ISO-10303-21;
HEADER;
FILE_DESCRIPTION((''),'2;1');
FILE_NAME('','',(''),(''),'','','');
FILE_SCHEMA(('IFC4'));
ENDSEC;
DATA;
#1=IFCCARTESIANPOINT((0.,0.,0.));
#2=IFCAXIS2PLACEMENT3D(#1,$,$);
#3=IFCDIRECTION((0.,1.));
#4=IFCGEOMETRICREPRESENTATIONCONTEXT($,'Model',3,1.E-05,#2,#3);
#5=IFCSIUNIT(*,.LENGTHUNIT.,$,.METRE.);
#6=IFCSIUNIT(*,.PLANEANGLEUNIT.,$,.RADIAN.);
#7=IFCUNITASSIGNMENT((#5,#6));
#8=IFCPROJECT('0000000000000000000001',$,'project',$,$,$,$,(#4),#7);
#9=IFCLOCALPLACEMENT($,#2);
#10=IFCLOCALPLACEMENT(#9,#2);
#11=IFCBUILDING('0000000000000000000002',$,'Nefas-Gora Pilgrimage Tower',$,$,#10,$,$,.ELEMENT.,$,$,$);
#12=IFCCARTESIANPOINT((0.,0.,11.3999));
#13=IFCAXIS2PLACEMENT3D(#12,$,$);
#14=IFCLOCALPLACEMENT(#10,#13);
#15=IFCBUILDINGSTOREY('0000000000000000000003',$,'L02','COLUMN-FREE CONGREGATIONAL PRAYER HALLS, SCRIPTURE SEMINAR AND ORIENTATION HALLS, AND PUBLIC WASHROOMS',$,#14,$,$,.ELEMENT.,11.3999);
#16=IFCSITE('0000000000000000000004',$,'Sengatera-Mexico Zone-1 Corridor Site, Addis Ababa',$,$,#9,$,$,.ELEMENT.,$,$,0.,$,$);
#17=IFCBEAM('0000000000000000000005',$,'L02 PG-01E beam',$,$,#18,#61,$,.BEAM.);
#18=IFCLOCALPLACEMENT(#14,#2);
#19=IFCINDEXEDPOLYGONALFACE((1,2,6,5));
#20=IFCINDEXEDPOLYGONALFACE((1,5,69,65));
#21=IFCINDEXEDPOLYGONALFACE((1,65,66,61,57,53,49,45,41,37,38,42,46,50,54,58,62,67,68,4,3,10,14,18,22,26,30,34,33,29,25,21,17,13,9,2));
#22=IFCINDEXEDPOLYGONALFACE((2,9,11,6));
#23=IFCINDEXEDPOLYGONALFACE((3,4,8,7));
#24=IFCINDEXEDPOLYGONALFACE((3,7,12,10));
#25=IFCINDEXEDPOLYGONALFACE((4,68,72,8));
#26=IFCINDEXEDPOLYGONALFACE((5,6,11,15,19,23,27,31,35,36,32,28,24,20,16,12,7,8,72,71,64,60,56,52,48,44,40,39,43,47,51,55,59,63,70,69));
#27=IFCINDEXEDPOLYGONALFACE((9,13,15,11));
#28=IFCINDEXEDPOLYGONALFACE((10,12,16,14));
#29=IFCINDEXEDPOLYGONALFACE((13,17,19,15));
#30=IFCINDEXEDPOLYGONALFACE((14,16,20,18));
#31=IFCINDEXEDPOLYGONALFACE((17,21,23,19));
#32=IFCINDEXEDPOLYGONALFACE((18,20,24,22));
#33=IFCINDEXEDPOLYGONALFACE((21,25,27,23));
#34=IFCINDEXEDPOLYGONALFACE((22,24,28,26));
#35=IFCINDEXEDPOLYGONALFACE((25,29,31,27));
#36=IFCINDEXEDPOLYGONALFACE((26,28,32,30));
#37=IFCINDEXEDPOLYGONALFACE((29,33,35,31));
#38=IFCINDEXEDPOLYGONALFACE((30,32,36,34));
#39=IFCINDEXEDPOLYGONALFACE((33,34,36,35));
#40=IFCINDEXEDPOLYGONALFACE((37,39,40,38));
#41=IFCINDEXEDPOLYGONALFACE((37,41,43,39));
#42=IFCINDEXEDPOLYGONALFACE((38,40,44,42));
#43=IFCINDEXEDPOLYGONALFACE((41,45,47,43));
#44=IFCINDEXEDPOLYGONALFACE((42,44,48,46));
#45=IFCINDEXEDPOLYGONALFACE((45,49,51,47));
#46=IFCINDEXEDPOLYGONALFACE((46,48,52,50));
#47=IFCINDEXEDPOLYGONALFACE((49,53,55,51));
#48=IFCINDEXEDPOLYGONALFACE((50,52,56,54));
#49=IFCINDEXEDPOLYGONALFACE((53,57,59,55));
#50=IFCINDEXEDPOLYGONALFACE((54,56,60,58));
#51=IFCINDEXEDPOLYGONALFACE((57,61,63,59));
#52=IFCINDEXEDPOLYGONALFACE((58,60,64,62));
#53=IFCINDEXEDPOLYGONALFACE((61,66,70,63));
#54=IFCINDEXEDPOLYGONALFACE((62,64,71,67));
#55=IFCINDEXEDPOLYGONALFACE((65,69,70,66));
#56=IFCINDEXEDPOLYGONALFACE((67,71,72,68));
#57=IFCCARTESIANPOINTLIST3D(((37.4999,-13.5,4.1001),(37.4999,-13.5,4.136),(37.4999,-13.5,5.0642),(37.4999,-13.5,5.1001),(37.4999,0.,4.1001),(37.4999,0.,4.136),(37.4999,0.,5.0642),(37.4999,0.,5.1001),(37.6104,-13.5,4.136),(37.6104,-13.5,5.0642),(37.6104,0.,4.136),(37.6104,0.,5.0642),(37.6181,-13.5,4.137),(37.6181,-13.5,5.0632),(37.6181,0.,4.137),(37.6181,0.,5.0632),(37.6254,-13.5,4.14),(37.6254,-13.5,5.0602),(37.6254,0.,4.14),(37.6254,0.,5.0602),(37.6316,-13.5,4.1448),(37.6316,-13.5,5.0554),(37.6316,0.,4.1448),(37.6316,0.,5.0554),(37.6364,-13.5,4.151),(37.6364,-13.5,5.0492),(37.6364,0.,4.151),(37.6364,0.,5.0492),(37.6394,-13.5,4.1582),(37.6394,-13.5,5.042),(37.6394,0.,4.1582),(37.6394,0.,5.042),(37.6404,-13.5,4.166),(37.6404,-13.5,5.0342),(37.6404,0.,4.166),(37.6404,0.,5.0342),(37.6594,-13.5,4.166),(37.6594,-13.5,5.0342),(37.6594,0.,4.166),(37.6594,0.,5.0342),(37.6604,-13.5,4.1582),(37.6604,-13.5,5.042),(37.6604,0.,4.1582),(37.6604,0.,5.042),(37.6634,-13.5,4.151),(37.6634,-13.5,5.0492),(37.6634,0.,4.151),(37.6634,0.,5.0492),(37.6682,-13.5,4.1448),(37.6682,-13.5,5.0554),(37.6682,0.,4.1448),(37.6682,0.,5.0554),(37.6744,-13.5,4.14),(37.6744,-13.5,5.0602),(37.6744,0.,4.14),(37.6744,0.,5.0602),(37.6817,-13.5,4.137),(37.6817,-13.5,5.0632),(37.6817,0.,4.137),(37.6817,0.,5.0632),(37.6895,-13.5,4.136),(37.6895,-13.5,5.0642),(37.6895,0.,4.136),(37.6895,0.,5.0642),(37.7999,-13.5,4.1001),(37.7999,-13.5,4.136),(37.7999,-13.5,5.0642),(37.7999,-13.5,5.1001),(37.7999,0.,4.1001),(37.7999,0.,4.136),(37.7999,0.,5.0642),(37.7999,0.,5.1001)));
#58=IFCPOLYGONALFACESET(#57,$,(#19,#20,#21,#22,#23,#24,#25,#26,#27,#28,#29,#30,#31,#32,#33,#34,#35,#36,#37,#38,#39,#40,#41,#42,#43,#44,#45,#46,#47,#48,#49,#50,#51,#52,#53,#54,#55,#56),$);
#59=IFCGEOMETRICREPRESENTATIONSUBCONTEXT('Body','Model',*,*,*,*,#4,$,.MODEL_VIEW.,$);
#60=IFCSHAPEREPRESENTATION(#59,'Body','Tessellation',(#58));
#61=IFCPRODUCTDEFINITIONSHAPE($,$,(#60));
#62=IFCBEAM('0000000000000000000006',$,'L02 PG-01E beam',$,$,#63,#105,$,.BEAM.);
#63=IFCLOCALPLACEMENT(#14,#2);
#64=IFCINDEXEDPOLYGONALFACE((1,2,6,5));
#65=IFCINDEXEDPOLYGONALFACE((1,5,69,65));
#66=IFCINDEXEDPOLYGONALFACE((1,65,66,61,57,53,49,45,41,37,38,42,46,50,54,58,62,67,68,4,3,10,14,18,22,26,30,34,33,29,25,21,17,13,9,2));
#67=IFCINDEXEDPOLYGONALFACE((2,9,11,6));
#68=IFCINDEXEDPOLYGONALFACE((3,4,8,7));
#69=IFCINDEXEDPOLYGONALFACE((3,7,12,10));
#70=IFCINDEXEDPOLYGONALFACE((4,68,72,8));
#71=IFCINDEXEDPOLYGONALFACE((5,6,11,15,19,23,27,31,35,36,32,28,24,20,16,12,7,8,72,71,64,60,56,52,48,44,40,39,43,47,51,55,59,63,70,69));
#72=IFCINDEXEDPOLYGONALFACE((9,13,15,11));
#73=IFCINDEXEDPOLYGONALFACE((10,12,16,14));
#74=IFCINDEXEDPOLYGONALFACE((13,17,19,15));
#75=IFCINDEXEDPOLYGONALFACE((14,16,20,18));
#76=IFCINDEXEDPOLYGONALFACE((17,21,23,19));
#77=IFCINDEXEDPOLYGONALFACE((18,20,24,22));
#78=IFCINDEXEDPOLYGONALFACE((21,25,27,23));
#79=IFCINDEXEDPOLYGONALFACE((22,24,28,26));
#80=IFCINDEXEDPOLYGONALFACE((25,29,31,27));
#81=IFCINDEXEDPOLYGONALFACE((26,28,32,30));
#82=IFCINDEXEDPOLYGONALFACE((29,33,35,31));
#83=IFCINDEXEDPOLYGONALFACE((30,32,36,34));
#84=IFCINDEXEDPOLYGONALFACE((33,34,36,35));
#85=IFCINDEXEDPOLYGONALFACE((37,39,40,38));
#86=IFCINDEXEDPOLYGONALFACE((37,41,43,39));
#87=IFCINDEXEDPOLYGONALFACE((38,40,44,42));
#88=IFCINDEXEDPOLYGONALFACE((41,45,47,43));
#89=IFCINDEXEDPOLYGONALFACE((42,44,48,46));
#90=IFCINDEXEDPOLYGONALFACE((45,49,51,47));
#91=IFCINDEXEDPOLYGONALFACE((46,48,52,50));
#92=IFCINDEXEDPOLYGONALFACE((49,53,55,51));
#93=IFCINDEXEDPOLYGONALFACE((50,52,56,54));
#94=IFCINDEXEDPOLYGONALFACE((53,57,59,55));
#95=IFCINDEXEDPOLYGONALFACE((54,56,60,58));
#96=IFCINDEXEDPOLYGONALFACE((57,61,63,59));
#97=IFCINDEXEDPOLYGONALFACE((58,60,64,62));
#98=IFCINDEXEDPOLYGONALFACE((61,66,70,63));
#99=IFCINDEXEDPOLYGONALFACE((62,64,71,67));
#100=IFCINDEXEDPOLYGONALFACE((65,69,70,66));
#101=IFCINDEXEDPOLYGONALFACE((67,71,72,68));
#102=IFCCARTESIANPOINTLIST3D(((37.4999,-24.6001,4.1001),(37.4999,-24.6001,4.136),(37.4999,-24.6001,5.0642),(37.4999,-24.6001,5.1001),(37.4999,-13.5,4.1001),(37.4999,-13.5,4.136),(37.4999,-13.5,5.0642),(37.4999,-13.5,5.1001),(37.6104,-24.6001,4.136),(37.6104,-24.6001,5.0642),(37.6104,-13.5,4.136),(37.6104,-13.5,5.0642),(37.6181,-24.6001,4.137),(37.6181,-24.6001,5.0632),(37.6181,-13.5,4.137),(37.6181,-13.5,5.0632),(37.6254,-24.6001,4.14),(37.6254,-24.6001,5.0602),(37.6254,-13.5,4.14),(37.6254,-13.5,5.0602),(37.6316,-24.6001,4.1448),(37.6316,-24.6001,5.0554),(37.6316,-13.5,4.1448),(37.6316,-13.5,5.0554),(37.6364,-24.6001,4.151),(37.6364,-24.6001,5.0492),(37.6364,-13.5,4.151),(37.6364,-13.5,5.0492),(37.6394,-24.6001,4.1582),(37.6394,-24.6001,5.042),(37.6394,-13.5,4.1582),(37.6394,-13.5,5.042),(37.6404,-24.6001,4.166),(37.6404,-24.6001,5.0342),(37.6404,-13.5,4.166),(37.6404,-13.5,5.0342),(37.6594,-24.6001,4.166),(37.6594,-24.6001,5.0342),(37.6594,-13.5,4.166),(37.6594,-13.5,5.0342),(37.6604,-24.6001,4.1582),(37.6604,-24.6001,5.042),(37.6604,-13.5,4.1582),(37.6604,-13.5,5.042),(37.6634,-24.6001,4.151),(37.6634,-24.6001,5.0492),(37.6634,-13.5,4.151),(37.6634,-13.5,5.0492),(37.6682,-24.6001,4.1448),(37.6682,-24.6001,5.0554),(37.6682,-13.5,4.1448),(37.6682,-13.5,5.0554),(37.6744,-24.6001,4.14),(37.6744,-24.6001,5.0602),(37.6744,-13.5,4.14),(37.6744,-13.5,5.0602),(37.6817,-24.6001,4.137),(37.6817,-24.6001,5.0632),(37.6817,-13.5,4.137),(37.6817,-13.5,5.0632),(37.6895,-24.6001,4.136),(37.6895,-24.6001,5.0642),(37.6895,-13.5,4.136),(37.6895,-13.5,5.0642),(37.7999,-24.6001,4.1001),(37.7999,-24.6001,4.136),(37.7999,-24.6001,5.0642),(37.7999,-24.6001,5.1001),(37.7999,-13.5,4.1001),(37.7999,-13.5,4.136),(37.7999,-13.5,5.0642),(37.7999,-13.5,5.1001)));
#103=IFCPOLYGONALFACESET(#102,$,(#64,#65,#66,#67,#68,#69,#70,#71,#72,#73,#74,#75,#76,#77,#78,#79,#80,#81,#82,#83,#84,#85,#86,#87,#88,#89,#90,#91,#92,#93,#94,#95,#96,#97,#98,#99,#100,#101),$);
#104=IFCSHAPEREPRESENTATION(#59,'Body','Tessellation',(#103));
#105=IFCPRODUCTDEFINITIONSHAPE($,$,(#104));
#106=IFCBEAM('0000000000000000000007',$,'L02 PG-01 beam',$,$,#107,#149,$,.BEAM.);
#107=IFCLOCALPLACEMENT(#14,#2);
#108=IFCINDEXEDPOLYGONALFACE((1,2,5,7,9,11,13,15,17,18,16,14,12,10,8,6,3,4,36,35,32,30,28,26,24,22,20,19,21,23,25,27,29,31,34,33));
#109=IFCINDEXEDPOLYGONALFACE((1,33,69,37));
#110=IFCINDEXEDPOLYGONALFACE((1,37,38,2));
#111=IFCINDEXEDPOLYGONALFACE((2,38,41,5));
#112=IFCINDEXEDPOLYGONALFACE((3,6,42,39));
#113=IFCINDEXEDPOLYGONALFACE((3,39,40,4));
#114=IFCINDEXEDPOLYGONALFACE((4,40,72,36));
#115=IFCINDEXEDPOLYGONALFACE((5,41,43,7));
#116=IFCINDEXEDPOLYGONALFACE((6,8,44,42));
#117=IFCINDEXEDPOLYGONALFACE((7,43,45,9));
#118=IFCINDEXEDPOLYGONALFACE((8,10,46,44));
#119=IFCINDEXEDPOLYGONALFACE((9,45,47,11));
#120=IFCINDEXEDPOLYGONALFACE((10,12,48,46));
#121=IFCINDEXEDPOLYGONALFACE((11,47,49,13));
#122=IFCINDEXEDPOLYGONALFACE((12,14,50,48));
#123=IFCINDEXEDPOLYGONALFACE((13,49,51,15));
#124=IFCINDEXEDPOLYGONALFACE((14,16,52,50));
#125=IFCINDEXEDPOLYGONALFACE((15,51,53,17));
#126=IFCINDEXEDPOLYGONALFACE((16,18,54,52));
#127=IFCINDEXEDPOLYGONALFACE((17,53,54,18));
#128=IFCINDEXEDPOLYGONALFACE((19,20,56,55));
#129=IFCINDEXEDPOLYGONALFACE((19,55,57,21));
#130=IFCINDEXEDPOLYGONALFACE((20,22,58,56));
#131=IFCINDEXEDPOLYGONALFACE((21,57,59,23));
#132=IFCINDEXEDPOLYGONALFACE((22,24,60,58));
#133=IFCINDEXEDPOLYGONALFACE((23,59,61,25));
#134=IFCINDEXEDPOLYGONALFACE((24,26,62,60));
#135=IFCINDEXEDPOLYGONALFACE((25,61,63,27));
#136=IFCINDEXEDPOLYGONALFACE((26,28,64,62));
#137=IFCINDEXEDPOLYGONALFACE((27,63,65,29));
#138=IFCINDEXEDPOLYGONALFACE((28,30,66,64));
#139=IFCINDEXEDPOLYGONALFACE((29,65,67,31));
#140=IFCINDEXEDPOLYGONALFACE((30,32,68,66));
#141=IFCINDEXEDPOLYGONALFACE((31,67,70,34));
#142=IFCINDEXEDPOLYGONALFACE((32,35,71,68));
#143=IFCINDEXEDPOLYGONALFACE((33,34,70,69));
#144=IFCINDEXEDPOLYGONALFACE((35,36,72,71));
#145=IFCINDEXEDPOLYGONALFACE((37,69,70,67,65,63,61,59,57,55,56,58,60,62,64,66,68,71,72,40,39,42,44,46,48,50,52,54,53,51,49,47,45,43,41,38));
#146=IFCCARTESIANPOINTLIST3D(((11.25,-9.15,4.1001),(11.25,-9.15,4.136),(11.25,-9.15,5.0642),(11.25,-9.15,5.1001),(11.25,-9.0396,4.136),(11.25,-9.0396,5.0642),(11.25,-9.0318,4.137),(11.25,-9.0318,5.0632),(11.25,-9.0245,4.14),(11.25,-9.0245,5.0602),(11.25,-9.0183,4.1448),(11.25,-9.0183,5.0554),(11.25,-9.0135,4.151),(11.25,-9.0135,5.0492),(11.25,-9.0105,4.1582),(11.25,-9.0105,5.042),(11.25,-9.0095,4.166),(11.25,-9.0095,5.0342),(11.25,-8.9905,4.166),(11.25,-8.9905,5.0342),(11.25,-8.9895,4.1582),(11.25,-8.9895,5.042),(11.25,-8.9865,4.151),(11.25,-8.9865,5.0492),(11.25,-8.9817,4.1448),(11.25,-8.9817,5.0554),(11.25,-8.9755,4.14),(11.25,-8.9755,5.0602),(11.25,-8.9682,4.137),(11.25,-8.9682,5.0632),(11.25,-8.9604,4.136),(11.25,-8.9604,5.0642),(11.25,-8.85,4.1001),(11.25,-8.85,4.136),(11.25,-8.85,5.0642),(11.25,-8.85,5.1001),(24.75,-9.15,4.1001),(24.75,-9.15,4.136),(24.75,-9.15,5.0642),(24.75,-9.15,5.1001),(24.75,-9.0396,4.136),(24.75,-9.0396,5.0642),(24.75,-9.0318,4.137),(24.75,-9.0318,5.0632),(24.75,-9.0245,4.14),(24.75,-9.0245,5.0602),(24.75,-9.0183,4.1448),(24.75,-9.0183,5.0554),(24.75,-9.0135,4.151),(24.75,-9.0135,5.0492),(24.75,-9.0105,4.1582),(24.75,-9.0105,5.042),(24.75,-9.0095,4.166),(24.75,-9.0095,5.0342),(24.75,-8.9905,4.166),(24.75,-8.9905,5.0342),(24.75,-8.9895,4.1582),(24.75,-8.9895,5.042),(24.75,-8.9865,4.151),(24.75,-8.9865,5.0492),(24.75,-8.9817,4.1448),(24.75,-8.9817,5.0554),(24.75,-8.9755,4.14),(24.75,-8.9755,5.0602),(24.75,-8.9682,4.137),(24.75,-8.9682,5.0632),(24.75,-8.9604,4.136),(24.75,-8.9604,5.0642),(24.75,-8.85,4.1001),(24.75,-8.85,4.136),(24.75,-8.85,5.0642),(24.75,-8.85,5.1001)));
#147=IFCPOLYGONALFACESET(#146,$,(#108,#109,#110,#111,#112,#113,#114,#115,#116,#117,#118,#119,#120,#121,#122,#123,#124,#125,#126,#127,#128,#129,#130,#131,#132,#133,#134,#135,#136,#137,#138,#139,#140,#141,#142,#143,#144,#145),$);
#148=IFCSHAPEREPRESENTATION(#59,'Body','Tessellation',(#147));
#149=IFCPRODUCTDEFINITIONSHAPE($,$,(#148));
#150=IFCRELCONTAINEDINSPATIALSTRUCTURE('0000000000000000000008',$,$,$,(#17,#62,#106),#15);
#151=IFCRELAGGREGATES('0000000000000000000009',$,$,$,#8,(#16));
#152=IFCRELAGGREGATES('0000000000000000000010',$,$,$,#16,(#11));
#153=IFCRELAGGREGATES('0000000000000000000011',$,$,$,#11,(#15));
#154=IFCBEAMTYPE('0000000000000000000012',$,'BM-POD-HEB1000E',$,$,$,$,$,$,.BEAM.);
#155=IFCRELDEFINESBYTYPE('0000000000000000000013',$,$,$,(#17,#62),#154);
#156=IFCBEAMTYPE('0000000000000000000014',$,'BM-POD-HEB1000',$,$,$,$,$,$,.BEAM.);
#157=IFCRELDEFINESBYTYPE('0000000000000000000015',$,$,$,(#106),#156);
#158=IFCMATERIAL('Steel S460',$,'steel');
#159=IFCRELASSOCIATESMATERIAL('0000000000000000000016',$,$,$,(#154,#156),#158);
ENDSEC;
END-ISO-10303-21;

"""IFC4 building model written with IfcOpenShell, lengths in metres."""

from ifc_helpers import new_model, si_unit, direction, frame, origin, origin_2d, place, context, subcontext, project, spatial, i_section, extrude, source, transform, mapped, material, material_profile, profile_set, type_object, element, save


model = new_model("IFC4")

# Units and contexts
model_context = context("Model", 3, precision=1e-05, world=origin(), true_north=direction((0.0, 1.0)))
body_context = subcontext(model_context, "Body", "Model", "MODEL_VIEW")
ifc_project = project(units=[si_unit("LENGTHUNIT", "METRE"), si_unit("PLANEANGLEUNIT", "RADIAN")], contexts=[model_context])

# Site, building, storey
site_placement = place(None, origin())
site = spatial("IfcSite", under=ifc_project, at=site_placement, Name="Sengatera-Mexico Zone-1 Corridor Site, Addis Ababa", CompositionType="ELEMENT", RefElevation=0.0)
building_placement = place(site_placement, origin())
building = spatial("IfcBuilding", under=site, at=building_placement, Name="Nefas-Gora Pilgrimage Tower", CompositionType="ELEMENT")
storey_placement = place(building_placement, frame((0.0, 0.0, 11.3999)))
storey = spatial("IfcBuildingStorey", under=building, at=storey_placement, Name="L02", Description="COLUMN-FREE CONGREGATIONAL PRAYER HALLS, SCRIPTURE SEMINAR AND ORIENTATION HALLS, AND PUBLIC WASHROOMS", CompositionType="ELEMENT", Elevation=11.3999)

# Shared definitions
ifc_material_1 = material(Name="Steel S460", Category="steel")

# Beams
ifc_material_profile_1 = material_profile(ifc_material_1, i_section(OverallWidth=0.3, OverallDepth=1.0, WebThickness=0.019, FlangeThickness=0.0359, FilletRadius=0.03, at=origin_2d()), Name="HEB 1000")
ifc_profile_set_1 = profile_set([ifc_material_profile_1], Name="Steel S460")
beam_type_1 = type_object("IfcBeamType", Name="BM-POD-HEB1000E", PredefinedType="BEAM", material=ifc_profile_set_1)
shared_shape_1 = source(origin(), body_context, "Body", "SweptSolid", [
    extrude(i_section(OverallWidth=0.3, OverallDepth=1.0, WebThickness=0.019, FlangeThickness=0.0359, FilletRadius=0.03, at=origin_2d()), origin(), (0.0, 0.0, 1.0), 13.5),
])
beam_1_placement = place(storey_placement, frame((37.6499, -13.5, 4.6001), z_axis=(0.0, 1.0, 0.0), x_axis=(-1.0, 0.0, 0.0)))
element("IfcBeam", 1, at=beam_1_placement, inside=storey, type_object=beam_type_1, Name="L02 PG-01E beam", PredefinedType="BEAM", context=body_context, shape_type="MappedRepresentation", body=[
    mapped(shared_shape_1, transform((0.0, 0.0, 0.0), x_axis=(1.0, 0.0, 0.0), y_axis=(0.0, 1.0, 0.0), z_axis=(0.0, 0.0, 1.0), scale=1.0)),
])
shared_shape_2 = source(origin(), body_context, "Body", "SweptSolid", [
    extrude(i_section(OverallWidth=0.3, OverallDepth=1.0, WebThickness=0.019, FlangeThickness=0.0359, FilletRadius=0.03, at=origin_2d()), origin(), (0.0, 0.0, 1.0), 11.1001),
])
beam_2_placement = place(storey_placement, frame((37.6499, -24.6001, 4.6001), z_axis=(0.0, 1.0, 0.0), x_axis=(-1.0, 0.0, 0.0)))
element("IfcBeam", 2, at=beam_2_placement, inside=storey, type_object=beam_type_1, Name="L02 PG-01E beam", PredefinedType="BEAM", context=body_context, shape_type="MappedRepresentation", body=[
    mapped(shared_shape_2, transform((0.0, 0.0, 0.0), x_axis=(1.0, 0.0, 0.0), y_axis=(0.0, 1.0, 0.0), z_axis=(0.0, 0.0, 1.0), scale=1.0)),
])
ifc_material_profile_2 = material_profile(ifc_material_1, i_section(OverallWidth=0.3, OverallDepth=1.0, WebThickness=0.019, FlangeThickness=0.0359, FilletRadius=0.03, at=origin_2d()), Name="HEB 1000")
ifc_profile_set_2 = profile_set([ifc_material_profile_2], Name="Steel S460")
beam_type_2 = type_object("IfcBeamType", Name="BM-POD-HEB1000", PredefinedType="BEAM", material=ifc_profile_set_2)
shared_shape_3 = source(origin(), body_context, "Body", "SweptSolid", [
    extrude(i_section(OverallWidth=0.3, OverallDepth=1.0, WebThickness=0.019, FlangeThickness=0.0359, FilletRadius=0.03, at=origin_2d()), origin(), (0.0, 0.0, 1.0), 13.5),
])
beam_3_placement = place(storey_placement, frame((11.25, -9.0, 4.6001), z_axis=(1.0, 0.0, 0.0), x_axis=(0.0, 1.0, 0.0)))
element("IfcBeam", 3, at=beam_3_placement, inside=storey, type_object=beam_type_2, Name="L02 PG-01 beam", PredefinedType="BEAM", context=body_context, shape_type="MappedRepresentation", body=[
    mapped(shared_shape_3, transform((0.0, 0.0, 0.0), x_axis=(1.0, 0.0, 0.0), y_axis=(0.0, 1.0, 0.0), z_axis=(0.0, 0.0, 1.0), scale=1.0)),
])

save(model, "model.ifc")
